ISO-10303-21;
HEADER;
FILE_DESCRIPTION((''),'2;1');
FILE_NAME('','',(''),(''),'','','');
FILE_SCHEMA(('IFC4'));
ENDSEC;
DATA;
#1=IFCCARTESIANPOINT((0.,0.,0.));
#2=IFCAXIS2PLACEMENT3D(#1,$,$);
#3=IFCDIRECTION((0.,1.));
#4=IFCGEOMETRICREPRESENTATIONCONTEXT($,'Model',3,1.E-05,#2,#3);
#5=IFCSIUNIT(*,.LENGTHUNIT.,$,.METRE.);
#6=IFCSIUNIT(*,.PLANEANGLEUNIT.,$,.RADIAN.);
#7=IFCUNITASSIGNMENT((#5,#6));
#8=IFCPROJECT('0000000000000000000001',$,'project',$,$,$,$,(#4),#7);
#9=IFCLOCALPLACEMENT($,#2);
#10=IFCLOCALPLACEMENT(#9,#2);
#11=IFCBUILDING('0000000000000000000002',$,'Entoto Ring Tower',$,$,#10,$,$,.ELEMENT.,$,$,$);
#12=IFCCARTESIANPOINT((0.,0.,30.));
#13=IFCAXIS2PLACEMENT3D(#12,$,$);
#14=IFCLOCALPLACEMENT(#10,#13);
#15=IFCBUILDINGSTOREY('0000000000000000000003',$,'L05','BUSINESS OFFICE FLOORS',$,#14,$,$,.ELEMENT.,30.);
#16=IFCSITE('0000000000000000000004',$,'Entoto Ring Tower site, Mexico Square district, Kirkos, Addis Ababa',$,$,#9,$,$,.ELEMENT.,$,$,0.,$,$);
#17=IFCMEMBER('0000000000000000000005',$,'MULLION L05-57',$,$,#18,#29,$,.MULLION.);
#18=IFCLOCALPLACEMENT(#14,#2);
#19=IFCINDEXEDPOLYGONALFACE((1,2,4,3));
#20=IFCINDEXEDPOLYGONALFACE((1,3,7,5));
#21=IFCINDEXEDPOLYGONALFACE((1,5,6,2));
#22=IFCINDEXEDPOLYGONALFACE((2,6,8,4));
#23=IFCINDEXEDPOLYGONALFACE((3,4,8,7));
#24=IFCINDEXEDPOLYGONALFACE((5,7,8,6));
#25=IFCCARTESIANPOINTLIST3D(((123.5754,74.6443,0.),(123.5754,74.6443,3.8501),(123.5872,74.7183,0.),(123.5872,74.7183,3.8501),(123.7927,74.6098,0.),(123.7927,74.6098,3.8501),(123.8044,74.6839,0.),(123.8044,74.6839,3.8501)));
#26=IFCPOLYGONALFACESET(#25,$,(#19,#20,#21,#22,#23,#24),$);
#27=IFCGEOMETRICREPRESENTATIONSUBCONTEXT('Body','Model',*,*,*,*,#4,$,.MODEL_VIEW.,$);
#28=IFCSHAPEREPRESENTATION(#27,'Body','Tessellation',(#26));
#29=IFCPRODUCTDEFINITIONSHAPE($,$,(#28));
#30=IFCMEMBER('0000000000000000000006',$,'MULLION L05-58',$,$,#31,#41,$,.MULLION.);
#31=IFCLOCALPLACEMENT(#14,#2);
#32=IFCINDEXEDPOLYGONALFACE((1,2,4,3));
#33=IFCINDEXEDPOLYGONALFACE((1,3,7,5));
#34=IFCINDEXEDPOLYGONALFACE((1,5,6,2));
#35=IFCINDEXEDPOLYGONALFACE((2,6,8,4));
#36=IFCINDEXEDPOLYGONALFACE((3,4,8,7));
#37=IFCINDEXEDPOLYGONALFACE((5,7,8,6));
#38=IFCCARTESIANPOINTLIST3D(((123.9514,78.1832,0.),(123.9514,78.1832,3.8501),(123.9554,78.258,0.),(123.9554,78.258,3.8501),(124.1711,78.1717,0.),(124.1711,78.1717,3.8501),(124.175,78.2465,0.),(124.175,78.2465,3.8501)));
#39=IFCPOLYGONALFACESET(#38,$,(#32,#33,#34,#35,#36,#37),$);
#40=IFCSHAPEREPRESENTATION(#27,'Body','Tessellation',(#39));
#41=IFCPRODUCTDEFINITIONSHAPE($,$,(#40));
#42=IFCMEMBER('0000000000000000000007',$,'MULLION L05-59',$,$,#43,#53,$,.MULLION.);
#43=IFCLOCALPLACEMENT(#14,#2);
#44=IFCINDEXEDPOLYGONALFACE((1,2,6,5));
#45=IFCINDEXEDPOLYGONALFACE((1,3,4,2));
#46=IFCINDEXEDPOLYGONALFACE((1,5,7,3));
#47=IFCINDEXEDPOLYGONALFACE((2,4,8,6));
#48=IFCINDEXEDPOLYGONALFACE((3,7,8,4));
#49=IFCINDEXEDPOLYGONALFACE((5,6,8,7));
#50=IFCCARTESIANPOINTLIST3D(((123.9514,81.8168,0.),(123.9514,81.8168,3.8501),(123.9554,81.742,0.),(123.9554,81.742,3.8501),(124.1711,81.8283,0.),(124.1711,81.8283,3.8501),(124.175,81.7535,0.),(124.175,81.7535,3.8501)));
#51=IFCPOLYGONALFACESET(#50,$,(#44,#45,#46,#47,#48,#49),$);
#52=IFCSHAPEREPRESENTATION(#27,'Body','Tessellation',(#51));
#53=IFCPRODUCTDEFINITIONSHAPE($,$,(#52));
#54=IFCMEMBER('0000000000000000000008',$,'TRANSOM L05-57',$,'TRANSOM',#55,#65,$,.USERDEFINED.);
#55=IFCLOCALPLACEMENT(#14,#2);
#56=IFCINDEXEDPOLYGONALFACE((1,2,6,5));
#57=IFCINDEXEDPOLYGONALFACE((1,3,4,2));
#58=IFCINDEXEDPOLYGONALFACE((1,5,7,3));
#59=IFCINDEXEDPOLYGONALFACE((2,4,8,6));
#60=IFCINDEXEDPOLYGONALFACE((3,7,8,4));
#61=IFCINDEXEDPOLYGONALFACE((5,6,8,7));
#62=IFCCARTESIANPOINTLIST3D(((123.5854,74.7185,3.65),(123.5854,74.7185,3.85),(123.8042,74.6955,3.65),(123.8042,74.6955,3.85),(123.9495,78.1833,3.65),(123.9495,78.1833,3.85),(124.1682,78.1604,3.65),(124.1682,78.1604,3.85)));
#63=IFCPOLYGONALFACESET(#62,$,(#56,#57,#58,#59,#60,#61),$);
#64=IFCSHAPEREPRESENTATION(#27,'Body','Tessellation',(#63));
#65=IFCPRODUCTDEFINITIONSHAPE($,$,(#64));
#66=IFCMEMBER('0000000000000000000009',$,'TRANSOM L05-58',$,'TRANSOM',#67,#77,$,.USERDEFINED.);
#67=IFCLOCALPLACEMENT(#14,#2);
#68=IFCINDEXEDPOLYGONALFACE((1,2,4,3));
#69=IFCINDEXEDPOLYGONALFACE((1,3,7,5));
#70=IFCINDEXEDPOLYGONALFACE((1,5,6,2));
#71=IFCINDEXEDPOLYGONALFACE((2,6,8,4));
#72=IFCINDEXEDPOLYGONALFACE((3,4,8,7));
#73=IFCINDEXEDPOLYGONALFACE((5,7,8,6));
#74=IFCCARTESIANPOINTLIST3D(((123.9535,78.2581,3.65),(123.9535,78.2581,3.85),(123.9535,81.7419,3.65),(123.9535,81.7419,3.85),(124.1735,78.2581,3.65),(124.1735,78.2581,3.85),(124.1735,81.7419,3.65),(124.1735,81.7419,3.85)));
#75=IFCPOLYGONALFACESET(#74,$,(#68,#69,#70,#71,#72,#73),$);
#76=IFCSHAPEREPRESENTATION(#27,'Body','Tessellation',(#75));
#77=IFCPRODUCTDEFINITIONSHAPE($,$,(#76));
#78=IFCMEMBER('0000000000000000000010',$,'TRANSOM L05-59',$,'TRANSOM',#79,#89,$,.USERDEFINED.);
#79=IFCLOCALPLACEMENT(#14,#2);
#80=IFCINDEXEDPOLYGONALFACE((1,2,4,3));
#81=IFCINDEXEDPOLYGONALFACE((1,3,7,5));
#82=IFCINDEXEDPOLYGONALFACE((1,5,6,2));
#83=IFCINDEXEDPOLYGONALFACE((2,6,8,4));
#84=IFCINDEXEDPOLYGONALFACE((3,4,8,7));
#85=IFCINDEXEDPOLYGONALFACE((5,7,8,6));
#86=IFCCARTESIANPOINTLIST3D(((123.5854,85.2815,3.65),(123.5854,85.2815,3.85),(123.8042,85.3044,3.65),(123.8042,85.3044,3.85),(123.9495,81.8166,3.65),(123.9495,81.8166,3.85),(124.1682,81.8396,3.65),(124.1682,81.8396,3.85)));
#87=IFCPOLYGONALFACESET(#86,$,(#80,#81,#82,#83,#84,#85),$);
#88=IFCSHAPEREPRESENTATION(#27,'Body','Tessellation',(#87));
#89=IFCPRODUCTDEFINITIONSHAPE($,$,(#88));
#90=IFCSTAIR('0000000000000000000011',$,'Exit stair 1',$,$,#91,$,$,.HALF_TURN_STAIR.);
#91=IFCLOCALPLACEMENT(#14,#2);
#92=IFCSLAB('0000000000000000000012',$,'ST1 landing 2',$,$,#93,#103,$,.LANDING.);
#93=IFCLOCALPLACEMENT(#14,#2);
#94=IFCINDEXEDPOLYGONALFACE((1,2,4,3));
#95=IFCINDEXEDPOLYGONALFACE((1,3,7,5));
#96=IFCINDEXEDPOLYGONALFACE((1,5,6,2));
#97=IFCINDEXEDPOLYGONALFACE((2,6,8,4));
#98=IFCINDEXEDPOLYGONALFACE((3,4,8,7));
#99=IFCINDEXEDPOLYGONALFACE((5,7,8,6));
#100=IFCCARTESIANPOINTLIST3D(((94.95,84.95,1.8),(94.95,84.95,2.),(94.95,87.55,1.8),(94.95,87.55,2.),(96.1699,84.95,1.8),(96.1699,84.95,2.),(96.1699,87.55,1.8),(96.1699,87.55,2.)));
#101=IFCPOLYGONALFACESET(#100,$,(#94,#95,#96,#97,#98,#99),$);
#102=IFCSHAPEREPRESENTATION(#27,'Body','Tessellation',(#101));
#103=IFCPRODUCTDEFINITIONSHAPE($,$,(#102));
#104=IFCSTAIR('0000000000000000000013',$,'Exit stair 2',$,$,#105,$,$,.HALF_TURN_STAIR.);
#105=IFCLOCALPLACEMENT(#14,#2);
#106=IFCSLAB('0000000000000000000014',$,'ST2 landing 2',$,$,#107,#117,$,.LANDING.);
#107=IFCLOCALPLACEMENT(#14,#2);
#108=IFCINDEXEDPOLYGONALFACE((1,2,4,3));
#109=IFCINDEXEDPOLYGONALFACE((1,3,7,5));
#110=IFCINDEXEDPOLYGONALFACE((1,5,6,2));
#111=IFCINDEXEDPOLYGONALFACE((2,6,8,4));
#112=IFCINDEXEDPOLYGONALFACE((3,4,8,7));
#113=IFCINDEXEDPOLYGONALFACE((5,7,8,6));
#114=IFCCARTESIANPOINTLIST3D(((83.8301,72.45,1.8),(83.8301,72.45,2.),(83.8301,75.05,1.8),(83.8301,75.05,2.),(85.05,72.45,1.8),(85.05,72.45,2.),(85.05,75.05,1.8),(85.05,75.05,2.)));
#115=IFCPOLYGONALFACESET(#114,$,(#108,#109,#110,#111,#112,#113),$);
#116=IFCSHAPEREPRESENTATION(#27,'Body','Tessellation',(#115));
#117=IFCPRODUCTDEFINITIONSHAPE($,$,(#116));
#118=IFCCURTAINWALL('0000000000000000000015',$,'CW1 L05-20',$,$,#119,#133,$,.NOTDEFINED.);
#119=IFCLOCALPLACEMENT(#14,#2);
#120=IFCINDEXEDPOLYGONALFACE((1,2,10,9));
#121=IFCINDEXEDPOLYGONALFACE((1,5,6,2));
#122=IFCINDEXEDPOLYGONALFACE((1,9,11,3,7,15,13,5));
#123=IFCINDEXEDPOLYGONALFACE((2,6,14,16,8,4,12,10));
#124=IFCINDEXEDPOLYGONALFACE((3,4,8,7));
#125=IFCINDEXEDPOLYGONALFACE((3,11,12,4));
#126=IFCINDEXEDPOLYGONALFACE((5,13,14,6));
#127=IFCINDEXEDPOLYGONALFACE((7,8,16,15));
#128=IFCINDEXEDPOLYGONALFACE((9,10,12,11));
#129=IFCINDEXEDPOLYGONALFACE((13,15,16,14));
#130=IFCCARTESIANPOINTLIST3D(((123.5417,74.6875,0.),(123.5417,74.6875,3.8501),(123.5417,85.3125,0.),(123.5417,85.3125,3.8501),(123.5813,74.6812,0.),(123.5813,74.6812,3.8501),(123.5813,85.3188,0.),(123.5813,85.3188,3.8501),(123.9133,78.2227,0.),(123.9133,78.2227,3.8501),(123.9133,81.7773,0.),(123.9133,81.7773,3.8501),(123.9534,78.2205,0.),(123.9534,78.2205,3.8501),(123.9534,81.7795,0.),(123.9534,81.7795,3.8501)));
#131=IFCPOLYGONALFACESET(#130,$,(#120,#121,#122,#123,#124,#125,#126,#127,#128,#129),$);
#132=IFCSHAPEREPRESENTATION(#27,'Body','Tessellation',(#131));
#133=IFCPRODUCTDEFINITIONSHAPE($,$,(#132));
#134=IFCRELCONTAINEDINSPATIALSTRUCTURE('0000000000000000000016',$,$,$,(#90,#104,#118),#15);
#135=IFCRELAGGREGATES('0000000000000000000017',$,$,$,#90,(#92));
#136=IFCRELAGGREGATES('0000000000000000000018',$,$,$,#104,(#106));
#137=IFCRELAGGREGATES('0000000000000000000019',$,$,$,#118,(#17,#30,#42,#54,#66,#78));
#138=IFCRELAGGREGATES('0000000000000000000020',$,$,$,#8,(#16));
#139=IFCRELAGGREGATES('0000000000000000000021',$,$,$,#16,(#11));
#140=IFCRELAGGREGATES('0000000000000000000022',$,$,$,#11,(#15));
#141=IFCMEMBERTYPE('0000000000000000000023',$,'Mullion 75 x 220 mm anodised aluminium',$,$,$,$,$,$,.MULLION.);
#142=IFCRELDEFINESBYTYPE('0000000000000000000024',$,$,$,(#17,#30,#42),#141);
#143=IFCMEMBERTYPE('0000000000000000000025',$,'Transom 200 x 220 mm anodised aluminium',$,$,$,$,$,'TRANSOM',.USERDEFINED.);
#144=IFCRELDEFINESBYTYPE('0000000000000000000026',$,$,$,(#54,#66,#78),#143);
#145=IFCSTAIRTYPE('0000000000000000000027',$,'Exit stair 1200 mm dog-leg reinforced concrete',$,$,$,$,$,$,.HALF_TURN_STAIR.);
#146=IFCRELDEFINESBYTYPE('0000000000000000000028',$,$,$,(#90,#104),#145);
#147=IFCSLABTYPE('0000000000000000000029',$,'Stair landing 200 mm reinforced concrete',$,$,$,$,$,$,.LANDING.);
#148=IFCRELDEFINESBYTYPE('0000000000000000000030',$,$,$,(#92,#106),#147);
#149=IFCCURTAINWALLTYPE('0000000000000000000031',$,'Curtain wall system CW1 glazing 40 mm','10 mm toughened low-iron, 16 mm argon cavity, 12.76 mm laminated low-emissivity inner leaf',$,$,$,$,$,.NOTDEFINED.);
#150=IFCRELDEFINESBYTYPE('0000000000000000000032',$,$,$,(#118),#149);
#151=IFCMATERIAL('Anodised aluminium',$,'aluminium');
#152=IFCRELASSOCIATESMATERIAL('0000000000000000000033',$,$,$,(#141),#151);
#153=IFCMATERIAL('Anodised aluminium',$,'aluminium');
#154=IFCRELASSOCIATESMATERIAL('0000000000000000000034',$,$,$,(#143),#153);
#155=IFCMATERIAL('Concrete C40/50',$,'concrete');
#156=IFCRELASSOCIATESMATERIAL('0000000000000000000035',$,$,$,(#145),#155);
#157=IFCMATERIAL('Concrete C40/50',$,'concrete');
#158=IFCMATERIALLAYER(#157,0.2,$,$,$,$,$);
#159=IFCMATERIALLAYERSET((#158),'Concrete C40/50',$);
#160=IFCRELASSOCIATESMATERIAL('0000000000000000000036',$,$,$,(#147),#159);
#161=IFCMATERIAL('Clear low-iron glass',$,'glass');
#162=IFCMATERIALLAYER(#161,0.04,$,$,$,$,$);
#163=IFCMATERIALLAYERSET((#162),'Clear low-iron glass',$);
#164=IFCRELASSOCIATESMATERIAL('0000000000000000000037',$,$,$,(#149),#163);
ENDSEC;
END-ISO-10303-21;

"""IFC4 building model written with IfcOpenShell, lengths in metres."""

from ifc_helpers import new_model, si_unit, direction, frame, origin, origin_2d, place, context, subcontext, project, spatial, polyline, rectangle, outline, extrude, material, layer, layer_set, material_profile, profile_set, type_object, element, aggregate, save


model = new_model("IFC4")

# Units and contexts
model_context = context("Model", 3, precision=1e-05, world=origin(), true_north=direction((0.0, 1.0)))
body_context = subcontext(model_context, "Body", "Model", "MODEL_VIEW")
ifc_project = project(units=[si_unit("LENGTHUNIT", "METRE"), si_unit("PLANEANGLEUNIT", "RADIAN")], contexts=[model_context])

# Members
ifc_material_1 = material(Name="Anodised aluminium", Category="aluminium")
ifc_material_profile_1 = material_profile(ifc_material_1, rectangle(XDim=0.075, YDim=0.22, at=origin_2d()), Name="Mullion 75 x 220 mm anodised aluminium")
ifc_profile_set_1 = profile_set([ifc_material_profile_1], Name="Anodised aluminium")
member_type_1 = type_object("IfcMemberType", Name="Mullion 75 x 220 mm anodised aluminium", PredefinedType="MULLION", material=ifc_profile_set_1)
site_placement = place(None, origin())
building_placement = place(site_placement, origin())
storey_placement = place(building_placement, frame((0.0, 0.0, 30.0)))
member_1_placement = place(storey_placement, frame((123.6899, 74.6641, 0.0), z_axis=(0.0, 0.0, 1.0), x_axis=(0.156434, 0.987688, 0.0)))
member_1 = element("IfcMember", 1, at=member_1_placement, type_object=member_type_1, Name="MULLION L05-57", PredefinedType="MULLION", context=body_context, shape_type="SweptSolid", body=[
    extrude(rectangle(XDim=0.075, YDim=0.22, at=origin_2d()), origin(), (0.0, 0.0, 1.0), 3.8501),
])
member_2_placement = place(storey_placement, frame((124.0632, 78.2148, 0.0), z_axis=(0.0, 0.0, 1.0), x_axis=(0.052336, 0.99863, 0.0)))
member_2 = element("IfcMember", 2, at=member_2_placement, type_object=member_type_1, Name="MULLION L05-58", PredefinedType="MULLION", context=body_context, shape_type="SweptSolid", body=[
    extrude(rectangle(XDim=0.075, YDim=0.22, at=origin_2d()), origin(), (0.0, 0.0, 1.0), 3.8501),
])
member_3_placement = place(storey_placement, frame((124.0632, 81.7852, 0.0), z_axis=(0.0, 0.0, 1.0), x_axis=(-0.052336, 0.99863, 0.0)))
member_3 = element("IfcMember", 3, at=member_3_placement, type_object=member_type_1, Name="MULLION L05-59", PredefinedType="MULLION", context=body_context, shape_type="SweptSolid", body=[
    extrude(rectangle(XDim=0.075, YDim=0.22, at=origin_2d()), origin(), (0.0, 0.0, 1.0), 3.8501),
])
ifc_material_2 = material(Name="Anodised aluminium", Category="aluminium")
ifc_material_profile_2 = material_profile(ifc_material_2, rectangle(XDim=0.22, YDim=0.2, at=origin_2d()), Name="Transom 200 x 220 mm anodised aluminium")
ifc_profile_set_2 = profile_set([ifc_material_profile_2], Name="Anodised aluminium")
member_type_2 = type_object("IfcMemberType", Name="Transom 200 x 220 mm anodised aluminium", ElementType="TRANSOM", PredefinedType="USERDEFINED", material=ifc_profile_set_2)
member_4_placement = place(storey_placement, frame((123.6948, 74.707, 3.75), z_axis=(0.104484, 0.994527, 0.0), x_axis=(-0.994527, 0.104484, 0.0)))
member_4 = element("IfcMember", 4, at=member_4_placement, type_object=member_type_2, Name="TRANSOM L05-57", ObjectType="TRANSOM", PredefinedType="USERDEFINED", context=body_context, shape_type="SweptSolid", body=[
    extrude(rectangle(XDim=0.22, YDim=0.2, at=origin_2d()), origin(), (0.0, 0.0, 1.0), 3.4839),
])
member_5_placement = place(storey_placement, frame((124.0635, 78.2581, 3.75), z_axis=(0.0, 1.0, 0.0), x_axis=(-1.0, 0.0, 0.0)))
member_5 = element("IfcMember", 5, at=member_5_placement, type_object=member_type_2, Name="TRANSOM L05-58", ObjectType="TRANSOM", PredefinedType="USERDEFINED", context=body_context, shape_type="SweptSolid", body=[
    extrude(rectangle(XDim=0.22, YDim=0.2, at=origin_2d()), origin(), (0.0, 0.0, 1.0), 3.4839),
])
member_6_placement = place(storey_placement, frame((124.0588, 81.8281, 3.75), z_axis=(-0.104484, 0.994527, 0.0), x_axis=(-0.994527, -0.104484, 0.0)))
member_6 = element("IfcMember", 6, at=member_6_placement, type_object=member_type_2, Name="TRANSOM L05-59", ObjectType="TRANSOM", PredefinedType="USERDEFINED", context=body_context, shape_type="SweptSolid", body=[
    extrude(rectangle(XDim=0.22, YDim=0.2, at=origin_2d()), origin(), (0.0, 0.0, 1.0), 3.4839),
])

# Site, building, storey
site = spatial("IfcSite", under=ifc_project, at=site_placement, Name="Entoto Ring Tower site, Mexico Square district, Kirkos, Addis Ababa", CompositionType="ELEMENT", RefElevation=0.0)
building = spatial("IfcBuilding", under=site, at=building_placement, Name="Entoto Ring Tower", CompositionType="ELEMENT")
storey = spatial("IfcBuildingStorey", under=building, at=storey_placement, Name="L05", Description="BUSINESS OFFICE FLOORS", CompositionType="ELEMENT", Elevation=30.0)

# Stairs, slabs
ifc_material_3 = material(Name="Concrete C40/50", Category="concrete")
stair_type = type_object("IfcStairType", Name="Exit stair 1200 mm dog-leg reinforced concrete", PredefinedType="HALF_TURN_STAIR", material=ifc_material_3)
stair_1_placement = place(storey_placement, origin())
stair_1 = element("IfcStair", 7, at=stair_1_placement, inside=storey, type_object=stair_type, Name="Exit stair 1", PredefinedType="HALF_TURN_STAIR")
ifc_material_4 = material(Name="Concrete C40/50", Category="concrete")
ifc_layer_1 = layer(ifc_material_4, 0.2)
ifc_layer_set_1 = layer_set([ifc_layer_1], Name="Concrete C40/50")
slab_type = type_object("IfcSlabType", Name="Stair landing 200 mm reinforced concrete", PredefinedType="LANDING", material=ifc_layer_set_1)
slab_1_placement = place(storey_placement, frame((0.0, 0.0, 1.8)))
slab_1 = element("IfcSlab", 8, at=slab_1_placement, type_object=slab_type, Name="ST1 landing 2", PredefinedType="LANDING", context=body_context, shape_type="SweptSolid", body=[
    extrude(outline(polyline([(94.95, 84.95), (96.1699, 84.95), (96.1699, 87.55), (94.95, 87.55), (94.95, 84.95)])), origin(), (0.0, 0.0, 1.0), 0.2),
])
aggregate(stair_1, [slab_1])
stair_2_placement = place(storey_placement, origin())
stair_2 = element("IfcStair", 9, at=stair_2_placement, inside=storey, type_object=stair_type, Name="Exit stair 2", PredefinedType="HALF_TURN_STAIR")
slab_2_placement = place(storey_placement, frame((0.0, 0.0, 1.8)))
slab_2 = element("IfcSlab", 10, at=slab_2_placement, type_object=slab_type, Name="ST2 landing 2", PredefinedType="LANDING", context=body_context, shape_type="SweptSolid", body=[
    extrude(outline(polyline([(83.8301, 72.45), (85.05, 72.45), (85.05, 75.05), (83.8301, 75.05), (83.8301, 72.45)])), origin(), (0.0, 0.0, 1.0), 0.2),
])
aggregate(stair_2, [slab_2])

# Curtain wall
ifc_material_5 = material(Name="Clear low-iron glass", Category="glass")
ifc_layer_2 = layer(ifc_material_5, 0.04)
ifc_layer_set_2 = layer_set([ifc_layer_2], Name="Clear low-iron glass")
curtain_wall_type = type_object("IfcCurtainWallType", Name="Curtain wall system CW1 glazing 40 mm", Description="10 mm toughened low-iron, 16 mm argon cavity, 12.76 mm laminated low-emissivity inner leaf", PredefinedType="NOTDEFINED", material=ifc_layer_set_2)
curtain_wall_1_placement = place(storey_placement, origin())
curtain_wall_1 = element("IfcCurtainWall", 11, at=curtain_wall_1_placement, inside=storey, type_object=curtain_wall_type, Name="CW1 L05-20", PredefinedType="NOTDEFINED", context=body_context, shape_type="SweptSolid", body=[
    extrude(outline(polyline([(123.5813, 74.6812), (123.9534, 78.2205), (123.9534, 81.7795), (123.5813, 85.3188), (123.5417, 85.3125), (123.9133, 81.7773), (123.9133, 78.2227), (123.5417, 74.6875), (123.5813, 74.6812)])), origin(), (0.0, 0.0, 1.0), 3.8501),
])
aggregate(curtain_wall_1, [member_1, member_2, member_3, member_4, member_5, member_6])

save(model, "model.ifc")
